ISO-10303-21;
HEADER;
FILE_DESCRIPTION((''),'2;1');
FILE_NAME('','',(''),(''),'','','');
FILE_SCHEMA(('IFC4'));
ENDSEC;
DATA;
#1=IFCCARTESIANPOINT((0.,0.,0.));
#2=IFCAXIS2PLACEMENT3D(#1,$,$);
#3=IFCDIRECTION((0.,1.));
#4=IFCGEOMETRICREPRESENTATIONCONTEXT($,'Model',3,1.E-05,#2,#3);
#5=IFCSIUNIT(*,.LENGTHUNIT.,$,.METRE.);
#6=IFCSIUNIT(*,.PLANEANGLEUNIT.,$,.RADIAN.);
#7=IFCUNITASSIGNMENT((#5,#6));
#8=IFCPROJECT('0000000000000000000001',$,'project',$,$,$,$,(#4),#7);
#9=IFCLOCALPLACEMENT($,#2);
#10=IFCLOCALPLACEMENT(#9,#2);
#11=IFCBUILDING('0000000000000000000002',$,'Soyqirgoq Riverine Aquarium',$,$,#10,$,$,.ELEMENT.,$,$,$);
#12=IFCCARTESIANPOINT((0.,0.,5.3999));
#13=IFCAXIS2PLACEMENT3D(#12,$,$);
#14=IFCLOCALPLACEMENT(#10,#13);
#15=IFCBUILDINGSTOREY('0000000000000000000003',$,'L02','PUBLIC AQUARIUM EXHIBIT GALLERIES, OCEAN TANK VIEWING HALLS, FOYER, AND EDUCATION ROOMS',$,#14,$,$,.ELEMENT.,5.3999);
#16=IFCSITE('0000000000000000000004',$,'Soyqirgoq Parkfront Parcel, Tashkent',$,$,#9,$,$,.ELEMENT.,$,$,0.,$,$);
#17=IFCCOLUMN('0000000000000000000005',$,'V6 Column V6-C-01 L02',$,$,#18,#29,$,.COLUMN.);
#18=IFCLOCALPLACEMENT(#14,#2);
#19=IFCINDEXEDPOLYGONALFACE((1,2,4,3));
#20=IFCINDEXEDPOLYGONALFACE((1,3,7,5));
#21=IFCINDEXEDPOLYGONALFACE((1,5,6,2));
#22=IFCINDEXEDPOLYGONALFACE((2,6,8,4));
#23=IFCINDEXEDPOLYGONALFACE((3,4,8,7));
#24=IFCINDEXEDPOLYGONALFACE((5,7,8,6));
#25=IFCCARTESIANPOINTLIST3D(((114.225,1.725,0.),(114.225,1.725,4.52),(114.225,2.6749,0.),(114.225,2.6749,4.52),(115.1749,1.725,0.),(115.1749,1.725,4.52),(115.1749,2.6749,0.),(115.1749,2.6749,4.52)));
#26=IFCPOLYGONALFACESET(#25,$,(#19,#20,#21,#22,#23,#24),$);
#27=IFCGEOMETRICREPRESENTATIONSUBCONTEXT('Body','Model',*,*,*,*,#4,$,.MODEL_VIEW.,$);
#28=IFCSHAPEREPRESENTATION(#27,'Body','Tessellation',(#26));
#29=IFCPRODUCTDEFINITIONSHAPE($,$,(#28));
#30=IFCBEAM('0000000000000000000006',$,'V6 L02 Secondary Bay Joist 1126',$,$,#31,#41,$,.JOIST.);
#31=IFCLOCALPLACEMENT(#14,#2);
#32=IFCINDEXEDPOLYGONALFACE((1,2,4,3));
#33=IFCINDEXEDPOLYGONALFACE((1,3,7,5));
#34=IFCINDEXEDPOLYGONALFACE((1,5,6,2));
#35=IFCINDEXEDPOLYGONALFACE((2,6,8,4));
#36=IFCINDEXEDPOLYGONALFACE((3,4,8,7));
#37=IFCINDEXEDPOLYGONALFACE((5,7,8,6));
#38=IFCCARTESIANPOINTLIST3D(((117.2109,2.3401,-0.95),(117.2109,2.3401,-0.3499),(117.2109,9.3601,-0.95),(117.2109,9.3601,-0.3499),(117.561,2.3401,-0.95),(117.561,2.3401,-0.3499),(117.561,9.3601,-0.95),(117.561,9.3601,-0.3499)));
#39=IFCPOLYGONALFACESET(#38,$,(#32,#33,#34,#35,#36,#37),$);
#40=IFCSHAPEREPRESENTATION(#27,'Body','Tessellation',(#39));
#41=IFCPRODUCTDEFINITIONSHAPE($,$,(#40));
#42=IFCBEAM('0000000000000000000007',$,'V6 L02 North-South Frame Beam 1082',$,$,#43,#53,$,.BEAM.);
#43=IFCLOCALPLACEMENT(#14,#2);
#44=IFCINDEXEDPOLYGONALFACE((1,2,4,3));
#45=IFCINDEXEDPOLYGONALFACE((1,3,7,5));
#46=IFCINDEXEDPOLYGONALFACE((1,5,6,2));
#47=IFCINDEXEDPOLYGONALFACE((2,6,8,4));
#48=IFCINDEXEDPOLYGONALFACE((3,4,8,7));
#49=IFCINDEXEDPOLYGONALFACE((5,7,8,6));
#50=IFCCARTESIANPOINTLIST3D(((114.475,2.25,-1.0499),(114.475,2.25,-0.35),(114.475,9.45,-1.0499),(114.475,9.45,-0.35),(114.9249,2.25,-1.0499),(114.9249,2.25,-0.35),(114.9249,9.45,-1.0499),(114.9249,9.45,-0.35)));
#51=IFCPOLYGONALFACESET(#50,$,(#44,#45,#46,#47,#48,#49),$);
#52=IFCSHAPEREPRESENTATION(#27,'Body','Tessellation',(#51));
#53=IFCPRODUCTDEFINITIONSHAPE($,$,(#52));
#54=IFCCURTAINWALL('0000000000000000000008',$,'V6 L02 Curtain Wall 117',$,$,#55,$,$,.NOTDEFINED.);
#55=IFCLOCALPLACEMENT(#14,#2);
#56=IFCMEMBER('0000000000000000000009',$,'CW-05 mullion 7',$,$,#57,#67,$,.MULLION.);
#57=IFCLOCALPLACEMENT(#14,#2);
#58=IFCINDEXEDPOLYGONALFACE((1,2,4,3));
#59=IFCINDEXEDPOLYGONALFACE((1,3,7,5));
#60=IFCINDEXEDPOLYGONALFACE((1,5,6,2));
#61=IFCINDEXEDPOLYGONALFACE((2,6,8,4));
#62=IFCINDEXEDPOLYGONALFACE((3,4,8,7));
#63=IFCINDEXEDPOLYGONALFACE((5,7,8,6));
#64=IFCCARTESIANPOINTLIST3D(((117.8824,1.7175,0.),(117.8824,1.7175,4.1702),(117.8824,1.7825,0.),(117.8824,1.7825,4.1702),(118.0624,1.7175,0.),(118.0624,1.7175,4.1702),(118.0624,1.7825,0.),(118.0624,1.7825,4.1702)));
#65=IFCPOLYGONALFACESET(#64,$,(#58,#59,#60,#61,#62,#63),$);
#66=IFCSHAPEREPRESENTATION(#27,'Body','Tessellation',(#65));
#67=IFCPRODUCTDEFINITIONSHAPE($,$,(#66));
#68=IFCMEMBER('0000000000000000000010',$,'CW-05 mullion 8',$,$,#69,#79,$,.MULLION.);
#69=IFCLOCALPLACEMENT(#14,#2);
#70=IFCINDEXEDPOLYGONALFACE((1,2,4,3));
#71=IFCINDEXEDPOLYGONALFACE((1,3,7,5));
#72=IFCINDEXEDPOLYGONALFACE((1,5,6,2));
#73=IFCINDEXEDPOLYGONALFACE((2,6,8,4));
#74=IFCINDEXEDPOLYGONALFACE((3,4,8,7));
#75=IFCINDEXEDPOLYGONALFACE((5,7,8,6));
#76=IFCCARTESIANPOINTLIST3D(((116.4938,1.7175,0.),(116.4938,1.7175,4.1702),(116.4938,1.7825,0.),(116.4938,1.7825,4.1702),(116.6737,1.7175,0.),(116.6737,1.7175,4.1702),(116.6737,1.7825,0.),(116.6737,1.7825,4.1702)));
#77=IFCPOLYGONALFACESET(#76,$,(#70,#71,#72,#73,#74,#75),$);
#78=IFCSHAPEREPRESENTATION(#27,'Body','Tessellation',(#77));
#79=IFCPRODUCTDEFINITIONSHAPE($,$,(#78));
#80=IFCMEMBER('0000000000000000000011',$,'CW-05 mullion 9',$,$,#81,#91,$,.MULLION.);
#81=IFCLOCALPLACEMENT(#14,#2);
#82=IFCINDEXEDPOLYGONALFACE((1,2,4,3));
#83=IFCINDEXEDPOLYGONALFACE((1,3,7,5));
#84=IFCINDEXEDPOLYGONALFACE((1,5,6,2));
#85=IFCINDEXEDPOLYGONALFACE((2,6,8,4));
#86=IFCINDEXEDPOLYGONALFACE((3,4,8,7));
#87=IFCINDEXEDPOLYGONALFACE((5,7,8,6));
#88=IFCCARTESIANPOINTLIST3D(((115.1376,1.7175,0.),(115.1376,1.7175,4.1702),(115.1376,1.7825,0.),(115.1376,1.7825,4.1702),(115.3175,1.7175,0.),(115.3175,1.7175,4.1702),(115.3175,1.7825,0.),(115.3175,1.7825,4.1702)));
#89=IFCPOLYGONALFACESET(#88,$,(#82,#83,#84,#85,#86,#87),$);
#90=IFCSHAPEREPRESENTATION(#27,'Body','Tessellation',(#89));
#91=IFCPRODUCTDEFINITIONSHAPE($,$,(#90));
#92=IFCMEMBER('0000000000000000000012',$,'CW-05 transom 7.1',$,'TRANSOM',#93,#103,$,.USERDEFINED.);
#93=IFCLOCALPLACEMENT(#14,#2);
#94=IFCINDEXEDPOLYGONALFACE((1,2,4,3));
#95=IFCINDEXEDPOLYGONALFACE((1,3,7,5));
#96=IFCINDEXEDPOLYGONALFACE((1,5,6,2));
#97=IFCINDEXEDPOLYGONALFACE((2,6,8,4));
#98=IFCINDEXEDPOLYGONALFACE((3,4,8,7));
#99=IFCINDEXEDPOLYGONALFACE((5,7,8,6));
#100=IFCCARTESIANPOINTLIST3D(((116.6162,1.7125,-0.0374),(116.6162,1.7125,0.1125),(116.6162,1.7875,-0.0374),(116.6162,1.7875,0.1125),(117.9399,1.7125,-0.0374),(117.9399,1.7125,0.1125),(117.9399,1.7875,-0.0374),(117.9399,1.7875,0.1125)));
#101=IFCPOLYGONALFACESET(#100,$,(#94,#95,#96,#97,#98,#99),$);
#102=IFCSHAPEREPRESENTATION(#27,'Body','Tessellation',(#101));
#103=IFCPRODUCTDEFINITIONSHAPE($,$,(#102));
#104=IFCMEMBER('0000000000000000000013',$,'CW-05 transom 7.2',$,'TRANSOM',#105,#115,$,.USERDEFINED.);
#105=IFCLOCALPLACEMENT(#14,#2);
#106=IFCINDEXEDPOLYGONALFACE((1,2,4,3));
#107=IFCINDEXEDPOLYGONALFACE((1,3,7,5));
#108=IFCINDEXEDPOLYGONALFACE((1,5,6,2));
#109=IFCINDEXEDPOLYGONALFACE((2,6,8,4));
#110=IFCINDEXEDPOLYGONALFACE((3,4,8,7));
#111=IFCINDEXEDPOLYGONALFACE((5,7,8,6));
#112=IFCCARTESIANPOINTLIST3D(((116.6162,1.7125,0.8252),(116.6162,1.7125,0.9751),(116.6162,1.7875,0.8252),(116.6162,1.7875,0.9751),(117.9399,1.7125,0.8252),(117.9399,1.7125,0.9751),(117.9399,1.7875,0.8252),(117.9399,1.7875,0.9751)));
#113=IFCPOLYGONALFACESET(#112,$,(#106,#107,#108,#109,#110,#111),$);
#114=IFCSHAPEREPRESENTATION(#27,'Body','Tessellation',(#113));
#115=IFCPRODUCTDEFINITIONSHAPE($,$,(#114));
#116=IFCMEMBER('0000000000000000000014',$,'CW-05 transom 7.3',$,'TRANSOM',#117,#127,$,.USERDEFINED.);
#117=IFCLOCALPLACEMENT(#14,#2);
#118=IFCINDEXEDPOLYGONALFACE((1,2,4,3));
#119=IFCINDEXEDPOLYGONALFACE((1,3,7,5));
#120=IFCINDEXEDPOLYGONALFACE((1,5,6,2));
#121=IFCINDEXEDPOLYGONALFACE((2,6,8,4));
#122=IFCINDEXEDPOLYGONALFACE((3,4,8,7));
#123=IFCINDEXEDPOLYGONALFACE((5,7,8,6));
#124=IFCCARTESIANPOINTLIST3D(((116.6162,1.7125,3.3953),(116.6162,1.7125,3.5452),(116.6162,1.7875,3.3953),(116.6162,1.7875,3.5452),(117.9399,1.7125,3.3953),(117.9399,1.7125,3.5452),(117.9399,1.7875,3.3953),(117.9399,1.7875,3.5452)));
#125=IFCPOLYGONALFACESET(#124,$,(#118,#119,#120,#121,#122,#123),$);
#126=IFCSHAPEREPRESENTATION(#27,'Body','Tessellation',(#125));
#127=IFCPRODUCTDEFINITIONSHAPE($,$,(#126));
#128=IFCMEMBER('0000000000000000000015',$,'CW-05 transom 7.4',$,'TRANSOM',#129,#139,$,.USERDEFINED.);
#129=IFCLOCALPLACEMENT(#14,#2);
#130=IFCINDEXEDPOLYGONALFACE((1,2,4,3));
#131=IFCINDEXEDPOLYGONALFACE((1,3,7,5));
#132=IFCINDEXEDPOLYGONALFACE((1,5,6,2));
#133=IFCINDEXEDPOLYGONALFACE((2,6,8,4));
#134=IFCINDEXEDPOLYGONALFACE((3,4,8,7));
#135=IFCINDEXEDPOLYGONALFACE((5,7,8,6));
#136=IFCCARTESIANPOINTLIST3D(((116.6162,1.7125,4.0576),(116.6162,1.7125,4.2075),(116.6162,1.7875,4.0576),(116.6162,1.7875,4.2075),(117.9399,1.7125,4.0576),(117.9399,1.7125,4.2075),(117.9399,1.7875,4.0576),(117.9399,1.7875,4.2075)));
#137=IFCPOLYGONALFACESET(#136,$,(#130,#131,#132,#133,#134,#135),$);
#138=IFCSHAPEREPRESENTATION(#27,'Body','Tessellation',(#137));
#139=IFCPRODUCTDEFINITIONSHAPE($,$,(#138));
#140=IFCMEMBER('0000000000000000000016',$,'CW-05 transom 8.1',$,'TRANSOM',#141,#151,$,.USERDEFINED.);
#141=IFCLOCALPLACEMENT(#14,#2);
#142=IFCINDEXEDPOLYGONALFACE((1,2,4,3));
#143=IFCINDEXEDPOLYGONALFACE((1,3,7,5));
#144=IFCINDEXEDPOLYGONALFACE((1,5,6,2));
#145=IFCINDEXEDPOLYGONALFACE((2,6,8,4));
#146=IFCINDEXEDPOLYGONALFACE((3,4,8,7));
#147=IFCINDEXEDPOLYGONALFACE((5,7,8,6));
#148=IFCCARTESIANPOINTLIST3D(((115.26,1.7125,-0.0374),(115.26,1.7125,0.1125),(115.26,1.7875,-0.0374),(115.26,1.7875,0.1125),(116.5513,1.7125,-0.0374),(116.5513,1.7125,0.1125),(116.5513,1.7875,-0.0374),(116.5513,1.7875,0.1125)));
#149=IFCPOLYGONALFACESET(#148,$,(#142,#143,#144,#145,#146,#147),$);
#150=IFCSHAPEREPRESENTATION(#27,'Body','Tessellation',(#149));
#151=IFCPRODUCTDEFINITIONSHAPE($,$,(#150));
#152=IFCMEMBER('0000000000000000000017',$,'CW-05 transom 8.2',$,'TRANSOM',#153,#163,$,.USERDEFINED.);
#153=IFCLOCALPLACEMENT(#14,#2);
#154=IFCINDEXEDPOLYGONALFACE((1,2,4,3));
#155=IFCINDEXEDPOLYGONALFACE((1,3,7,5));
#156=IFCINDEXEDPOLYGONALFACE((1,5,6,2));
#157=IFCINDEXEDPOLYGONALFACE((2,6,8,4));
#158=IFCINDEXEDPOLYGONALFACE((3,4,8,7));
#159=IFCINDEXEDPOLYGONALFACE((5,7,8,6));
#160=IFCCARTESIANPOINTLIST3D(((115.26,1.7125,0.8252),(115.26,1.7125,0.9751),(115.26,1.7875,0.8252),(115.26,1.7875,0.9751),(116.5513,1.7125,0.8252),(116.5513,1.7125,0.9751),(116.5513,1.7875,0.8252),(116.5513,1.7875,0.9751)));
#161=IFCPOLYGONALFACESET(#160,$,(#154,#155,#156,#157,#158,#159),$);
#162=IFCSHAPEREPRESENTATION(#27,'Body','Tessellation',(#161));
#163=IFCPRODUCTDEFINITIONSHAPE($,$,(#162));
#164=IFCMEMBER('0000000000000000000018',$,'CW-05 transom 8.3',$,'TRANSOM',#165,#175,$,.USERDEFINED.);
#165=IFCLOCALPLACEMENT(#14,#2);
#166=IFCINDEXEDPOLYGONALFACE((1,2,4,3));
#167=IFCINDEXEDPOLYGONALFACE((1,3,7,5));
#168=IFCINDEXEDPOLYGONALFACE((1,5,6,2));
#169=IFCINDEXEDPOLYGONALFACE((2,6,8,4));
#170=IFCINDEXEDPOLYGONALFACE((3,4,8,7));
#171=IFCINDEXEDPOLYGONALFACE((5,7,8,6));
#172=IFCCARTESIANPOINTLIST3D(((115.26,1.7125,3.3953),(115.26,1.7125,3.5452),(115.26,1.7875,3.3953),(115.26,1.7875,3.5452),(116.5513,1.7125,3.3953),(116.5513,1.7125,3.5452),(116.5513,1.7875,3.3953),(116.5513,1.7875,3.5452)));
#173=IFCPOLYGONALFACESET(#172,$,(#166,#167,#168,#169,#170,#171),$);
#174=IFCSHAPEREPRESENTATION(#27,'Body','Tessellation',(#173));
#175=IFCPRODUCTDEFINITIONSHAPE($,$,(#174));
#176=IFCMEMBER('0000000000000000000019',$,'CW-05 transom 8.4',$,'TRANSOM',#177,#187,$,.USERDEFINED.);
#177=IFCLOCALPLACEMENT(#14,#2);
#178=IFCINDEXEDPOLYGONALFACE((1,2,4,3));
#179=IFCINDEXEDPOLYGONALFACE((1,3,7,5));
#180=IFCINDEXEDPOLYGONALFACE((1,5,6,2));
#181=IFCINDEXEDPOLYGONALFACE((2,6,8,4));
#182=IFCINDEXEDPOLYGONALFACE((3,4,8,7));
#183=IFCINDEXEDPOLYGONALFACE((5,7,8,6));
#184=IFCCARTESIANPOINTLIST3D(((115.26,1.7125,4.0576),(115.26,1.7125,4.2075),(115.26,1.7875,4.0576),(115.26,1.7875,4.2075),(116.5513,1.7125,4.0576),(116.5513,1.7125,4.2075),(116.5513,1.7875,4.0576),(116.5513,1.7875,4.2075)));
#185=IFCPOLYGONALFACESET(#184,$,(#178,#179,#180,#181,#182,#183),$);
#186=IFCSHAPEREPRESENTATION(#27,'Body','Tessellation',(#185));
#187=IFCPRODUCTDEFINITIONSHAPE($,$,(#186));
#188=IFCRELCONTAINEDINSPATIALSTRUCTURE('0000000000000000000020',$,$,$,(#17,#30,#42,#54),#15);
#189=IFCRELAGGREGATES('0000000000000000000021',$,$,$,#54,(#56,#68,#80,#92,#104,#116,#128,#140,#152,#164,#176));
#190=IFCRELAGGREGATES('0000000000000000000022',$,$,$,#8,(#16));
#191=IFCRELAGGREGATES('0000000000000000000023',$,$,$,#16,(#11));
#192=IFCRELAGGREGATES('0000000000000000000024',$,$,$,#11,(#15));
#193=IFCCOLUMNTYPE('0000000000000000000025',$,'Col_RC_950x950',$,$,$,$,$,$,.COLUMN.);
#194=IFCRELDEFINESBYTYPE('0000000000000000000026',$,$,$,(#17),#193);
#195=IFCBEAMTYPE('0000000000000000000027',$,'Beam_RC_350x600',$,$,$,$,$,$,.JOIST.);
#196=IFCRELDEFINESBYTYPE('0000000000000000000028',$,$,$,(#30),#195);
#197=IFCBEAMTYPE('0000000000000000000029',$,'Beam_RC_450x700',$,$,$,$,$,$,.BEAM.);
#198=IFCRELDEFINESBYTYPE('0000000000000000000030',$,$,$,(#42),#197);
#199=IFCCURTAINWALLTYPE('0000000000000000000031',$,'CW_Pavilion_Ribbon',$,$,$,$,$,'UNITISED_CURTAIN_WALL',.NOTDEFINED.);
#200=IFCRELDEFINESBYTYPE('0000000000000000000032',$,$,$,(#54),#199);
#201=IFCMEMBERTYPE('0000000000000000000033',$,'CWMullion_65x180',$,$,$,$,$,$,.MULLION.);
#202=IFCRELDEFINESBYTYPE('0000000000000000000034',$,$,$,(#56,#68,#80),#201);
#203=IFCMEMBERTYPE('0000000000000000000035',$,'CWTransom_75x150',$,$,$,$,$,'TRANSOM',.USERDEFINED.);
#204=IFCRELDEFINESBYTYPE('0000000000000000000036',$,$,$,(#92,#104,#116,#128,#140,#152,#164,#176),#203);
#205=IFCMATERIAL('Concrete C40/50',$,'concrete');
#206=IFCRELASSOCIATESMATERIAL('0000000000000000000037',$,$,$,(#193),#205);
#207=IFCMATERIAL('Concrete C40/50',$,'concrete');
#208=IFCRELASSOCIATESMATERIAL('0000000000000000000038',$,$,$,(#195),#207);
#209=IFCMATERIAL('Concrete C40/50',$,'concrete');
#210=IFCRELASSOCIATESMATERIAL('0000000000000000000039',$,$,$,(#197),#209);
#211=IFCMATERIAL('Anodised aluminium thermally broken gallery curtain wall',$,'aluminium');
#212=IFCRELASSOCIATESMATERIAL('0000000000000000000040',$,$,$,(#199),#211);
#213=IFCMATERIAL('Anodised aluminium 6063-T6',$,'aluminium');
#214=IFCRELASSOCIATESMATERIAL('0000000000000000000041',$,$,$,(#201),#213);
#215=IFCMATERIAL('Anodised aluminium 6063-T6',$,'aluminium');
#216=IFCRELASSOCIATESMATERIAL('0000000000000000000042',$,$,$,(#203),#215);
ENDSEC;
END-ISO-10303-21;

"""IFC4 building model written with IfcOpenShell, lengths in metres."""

from ifc_helpers import new_model, si_unit, direction, frame, origin, origin_2d, place, context, subcontext, project, spatial, rectangle, extrude, material, material_profile, profile_set, type_object, element, aggregate, save


model = new_model("IFC4")

# Units and contexts
model_context = context("Model", 3, precision=1e-05, world=origin(), true_north=direction((0.0, 1.0)))
body_context = subcontext(model_context, "Body", "Model", "MODEL_VIEW")
ifc_project = project(units=[si_unit("LENGTHUNIT", "METRE"), si_unit("PLANEANGLEUNIT", "RADIAN")], contexts=[model_context])

# Site, building, storey
site_placement = place(None, origin())
site = spatial("IfcSite", under=ifc_project, at=site_placement, Name="Soyqirgoq Parkfront Parcel, Tashkent", CompositionType="ELEMENT", RefElevation=0.0)
building_placement = place(site_placement, origin())
building = spatial("IfcBuilding", under=site, at=building_placement, Name="Soyqirgoq Riverine Aquarium", CompositionType="ELEMENT")
storey_placement = place(building_placement, frame((0.0, 0.0, 5.3999)))
storey = spatial("IfcBuildingStorey", under=building, at=storey_placement, Name="L02", Description="PUBLIC AQUARIUM EXHIBIT GALLERIES, OCEAN TANK VIEWING HALLS, FOYER, AND EDUCATION ROOMS", CompositionType="ELEMENT", Elevation=5.3999)

# Column
ifc_material_1 = material(Name="Concrete C40/50", Category="concrete")
ifc_material_profile_1 = material_profile(ifc_material_1, rectangle(XDim=0.95, YDim=0.95, at=origin_2d()), Name="RC 950x950")
ifc_profile_set_1 = profile_set([ifc_material_profile_1], Name="Concrete C40/50")
column_type = type_object("IfcColumnType", Name="Col_RC_950x950", PredefinedType="COLUMN", material=ifc_profile_set_1)
column_placement = place(storey_placement, frame((114.7, 2.2, 0.0), z_axis=(0.0, 0.0, 1.0), x_axis=(1.0, 0.0, 0.0)))
element("IfcColumn", 1, at=column_placement, inside=storey, type_object=column_type, Name="V6 Column V6-C-01 L02", PredefinedType="COLUMN", context=body_context, shape_type="SweptSolid", body=[
    extrude(rectangle(XDim=0.95, YDim=0.95, at=origin_2d()), origin(), (0.0, 0.0, 1.0), 4.52),
])

# Beams
ifc_material_2 = material(Name="Concrete C40/50", Category="concrete")
ifc_material_profile_2 = material_profile(ifc_material_2, rectangle(XDim=0.3501, YDim=0.6001, at=origin_2d()), Name="RC 350x600")
ifc_profile_set_2 = profile_set([ifc_material_profile_2], Name="Concrete C40/50")
beam_type_1 = type_object("IfcBeamType", Name="Beam_RC_350x600", PredefinedType="JOIST", material=ifc_profile_set_2)
beam_1_placement = place(storey_placement, frame((117.386, 2.3401, -0.6499), z_axis=(0.0, 1.0, 0.0), x_axis=(-1.0, 0.0, 0.0)))
element("IfcBeam", 2, at=beam_1_placement, inside=storey, type_object=beam_type_1, Name="V6 L02 Secondary Bay Joist 1126", PredefinedType="JOIST", context=body_context, shape_type="SweptSolid", body=[
    extrude(rectangle(XDim=0.3501, YDim=0.6001, at=origin_2d()), origin(), (0.0, 0.0, 1.0), 7.02),
])
ifc_material_3 = material(Name="Concrete C40/50", Category="concrete")
ifc_material_profile_3 = material_profile(ifc_material_3, rectangle(XDim=0.45, YDim=0.7, at=origin_2d()), Name="RC 450x700")
ifc_profile_set_3 = profile_set([ifc_material_profile_3], Name="Concrete C40/50")
beam_type_2 = type_object("IfcBeamType", Name="Beam_RC_450x700", PredefinedType="BEAM", material=ifc_profile_set_3)
beam_2_placement = place(storey_placement, frame((114.7, 2.25, -0.7), z_axis=(0.0, 1.0, 0.0), x_axis=(-1.0, 0.0, 0.0)))
element("IfcBeam", 3, at=beam_2_placement, inside=storey, type_object=beam_type_2, Name="V6 L02 North-South Frame Beam 1082", PredefinedType="BEAM", context=body_context, shape_type="SweptSolid", body=[
    extrude(rectangle(XDim=0.45, YDim=0.7, at=origin_2d()), origin(), (0.0, 0.0, 1.0), 7.2),
])

# Curtain wall, members
ifc_material_4 = material(Name="Anodised aluminium thermally broken gallery curtain wall", Category="aluminium")
curtain_wall_type = type_object("IfcCurtainWallType", Name="CW_Pavilion_Ribbon", ElementType="UNITISED_CURTAIN_WALL", PredefinedType="NOTDEFINED", material=ifc_material_4)
curtain_wall_placement = place(storey_placement, origin())
curtain_wall = element("IfcCurtainWall", 4, at=curtain_wall_placement, inside=storey, type_object=curtain_wall_type, Name="V6 L02 Curtain Wall 117", PredefinedType="NOTDEFINED")
ifc_material_5 = material(Name="Anodised aluminium 6063-T6", Category="aluminium")
ifc_material_profile_4 = material_profile(ifc_material_5, rectangle(XDim=0.0649, YDim=0.1799, at=origin_2d()), Name="ALU-M 65x180")
ifc_profile_set_4 = profile_set([ifc_material_profile_4], Name="Anodised aluminium 6063-T6")
member_type_1 = type_object("IfcMemberType", Name="CWMullion_65x180", PredefinedType="MULLION", material=ifc_profile_set_4)
member_1_placement = place(storey_placement, frame((117.9724, 1.75, 0.0), z_axis=(0.0, 0.0, 1.0), x_axis=(0.0, -1.0, 0.0)))
member_1 = element("IfcMember", 5, at=member_1_placement, type_object=member_type_1, Name="CW-05 mullion 7", PredefinedType="MULLION", context=body_context, shape_type="SweptSolid", body=[
    extrude(rectangle(XDim=0.0649, YDim=0.1799, at=origin_2d()), origin(), (0.0, 0.0, 1.0), 4.1702),
])
member_2_placement = place(storey_placement, frame((116.5837, 1.75, 0.0), z_axis=(0.0, 0.0, 1.0), x_axis=(0.0, -1.0, 0.0)))
member_2 = element("IfcMember", 6, at=member_2_placement, type_object=member_type_1, Name="CW-05 mullion 8", PredefinedType="MULLION", context=body_context, shape_type="SweptSolid", body=[
    extrude(rectangle(XDim=0.0649, YDim=0.1799, at=origin_2d()), origin(), (0.0, 0.0, 1.0), 4.1702),
])
member_3_placement = place(storey_placement, frame((115.2275, 1.75, 0.0), z_axis=(0.0, 0.0, 1.0), x_axis=(0.0, -1.0, 0.0)))
member_3 = element("IfcMember", 7, at=member_3_placement, type_object=member_type_1, Name="CW-05 mullion 9", PredefinedType="MULLION", context=body_context, shape_type="SweptSolid", body=[
    extrude(rectangle(XDim=0.0649, YDim=0.1799, at=origin_2d()), origin(), (0.0, 0.0, 1.0), 4.1702),
])
ifc_material_6 = material(Name="Anodised aluminium 6063-T6", Category="aluminium")
ifc_material_profile_5 = material_profile(ifc_material_6, rectangle(XDim=0.075, YDim=0.1499, at=origin_2d()), Name="ALU-T 75x150")
ifc_profile_set_5 = profile_set([ifc_material_profile_5], Name="Anodised aluminium 6063-T6")
member_type_2 = type_object("IfcMemberType", Name="CWTransom_75x150", ElementType="TRANSOM", PredefinedType="USERDEFINED", material=ifc_profile_set_5)
member_4_placement = place(storey_placement, frame((117.9399, 1.75, 0.0376), z_axis=(-1.0, 0.0, 0.0), x_axis=(0.0, -1.0, 0.0)))
member_4 = element("IfcMember", 8, at=member_4_placement, type_object=member_type_2, Name="CW-05 transom 7.1", ObjectType="TRANSOM", PredefinedType="USERDEFINED", context=body_context, shape_type="SweptSolid", body=[
    extrude(rectangle(XDim=0.075, YDim=0.1499, at=origin_2d()), origin(), (0.0, 0.0, 1.0), 1.3237),
])
member_5_placement = place(storey_placement, frame((117.9399, 1.75, 0.9001), z_axis=(-1.0, 0.0, 0.0), x_axis=(0.0, -1.0, 0.0)))
member_5 = element("IfcMember", 9, at=member_5_placement, type_object=member_type_2, Name="CW-05 transom 7.2", ObjectType="TRANSOM", PredefinedType="USERDEFINED", context=body_context, shape_type="SweptSolid", body=[
    extrude(rectangle(XDim=0.075, YDim=0.1499, at=origin_2d()), origin(), (0.0, 0.0, 1.0), 1.3237),
])
member_6_placement = place(storey_placement, frame((117.9399, 1.75, 3.4702), z_axis=(-1.0, 0.0, 0.0), x_axis=(0.0, -1.0, 0.0)))
member_6 = element("IfcMember", 10, at=member_6_placement, type_object=member_type_2, Name="CW-05 transom 7.3", ObjectType="TRANSOM", PredefinedType="USERDEFINED", context=body_context, shape_type="SweptSolid", body=[
    extrude(rectangle(XDim=0.075, YDim=0.1499, at=origin_2d()), origin(), (0.0, 0.0, 1.0), 1.3237),
])
member_7_placement = place(storey_placement, frame((117.9399, 1.75, 4.1326), z_axis=(-1.0, 0.0, 0.0), x_axis=(0.0, -1.0, 0.0)))
member_7 = element("IfcMember", 11, at=member_7_placement, type_object=member_type_2, Name="CW-05 transom 7.4", ObjectType="TRANSOM", PredefinedType="USERDEFINED", context=body_context, shape_type="SweptSolid", body=[
    extrude(rectangle(XDim=0.075, YDim=0.1499, at=origin_2d()), origin(), (0.0, 0.0, 1.0), 1.3237),
])
member_8_placement = place(storey_placement, frame((116.5513, 1.75, 0.0376), z_axis=(-1.0, 0.0, 0.0), x_axis=(0.0, -1.0, 0.0)))
member_8 = element("IfcMember", 12, at=member_8_placement, type_object=member_type_2, Name="CW-05 transom 8.1", ObjectType="TRANSOM", PredefinedType="USERDEFINED", context=body_context, shape_type="SweptSolid", body=[
    extrude(rectangle(XDim=0.075, YDim=0.1499, at=origin_2d()), origin(), (0.0, 0.0, 1.0), 1.2913),
])
member_9_placement = place(storey_placement, frame((116.5513, 1.75, 0.9001), z_axis=(-1.0, 0.0, 0.0), x_axis=(0.0, -1.0, 0.0)))
member_9 = element("IfcMember", 13, at=member_9_placement, type_object=member_type_2, Name="CW-05 transom 8.2", ObjectType="TRANSOM", PredefinedType="USERDEFINED", context=body_context, shape_type="SweptSolid", body=[
    extrude(rectangle(XDim=0.075, YDim=0.1499, at=origin_2d()), origin(), (0.0, 0.0, 1.0), 1.2913),
])
member_10_placement = place(storey_placement, frame((116.5513, 1.75, 3.4702), z_axis=(-1.0, 0.0, 0.0), x_axis=(0.0, -1.0, 0.0)))
member_10 = element("IfcMember", 14, at=member_10_placement, type_object=member_type_2, Name="CW-05 transom 8.3", ObjectType="TRANSOM", PredefinedType="USERDEFINED", context=body_context, shape_type="SweptSolid", body=[
    extrude(rectangle(XDim=0.075, YDim=0.1499, at=origin_2d()), origin(), (0.0, 0.0, 1.0), 1.2913),
])
member_11_placement = place(storey_placement, frame((116.5513, 1.75, 4.1326), z_axis=(-1.0, 0.0, 0.0), x_axis=(0.0, -1.0, 0.0)))
member_11 = element("IfcMember", 15, at=member_11_placement, type_object=member_type_2, Name="CW-05 transom 8.4", ObjectType="TRANSOM", PredefinedType="USERDEFINED", context=body_context, shape_type="SweptSolid", body=[
    extrude(rectangle(XDim=0.075, YDim=0.1499, at=origin_2d()), origin(), (0.0, 0.0, 1.0), 1.2913),
])

aggregate(curtain_wall, [member_1, member_2, member_3, member_4, member_5, member_6, member_7, member_8, member_9, member_10, member_11])

save(model, "model.ifc")
